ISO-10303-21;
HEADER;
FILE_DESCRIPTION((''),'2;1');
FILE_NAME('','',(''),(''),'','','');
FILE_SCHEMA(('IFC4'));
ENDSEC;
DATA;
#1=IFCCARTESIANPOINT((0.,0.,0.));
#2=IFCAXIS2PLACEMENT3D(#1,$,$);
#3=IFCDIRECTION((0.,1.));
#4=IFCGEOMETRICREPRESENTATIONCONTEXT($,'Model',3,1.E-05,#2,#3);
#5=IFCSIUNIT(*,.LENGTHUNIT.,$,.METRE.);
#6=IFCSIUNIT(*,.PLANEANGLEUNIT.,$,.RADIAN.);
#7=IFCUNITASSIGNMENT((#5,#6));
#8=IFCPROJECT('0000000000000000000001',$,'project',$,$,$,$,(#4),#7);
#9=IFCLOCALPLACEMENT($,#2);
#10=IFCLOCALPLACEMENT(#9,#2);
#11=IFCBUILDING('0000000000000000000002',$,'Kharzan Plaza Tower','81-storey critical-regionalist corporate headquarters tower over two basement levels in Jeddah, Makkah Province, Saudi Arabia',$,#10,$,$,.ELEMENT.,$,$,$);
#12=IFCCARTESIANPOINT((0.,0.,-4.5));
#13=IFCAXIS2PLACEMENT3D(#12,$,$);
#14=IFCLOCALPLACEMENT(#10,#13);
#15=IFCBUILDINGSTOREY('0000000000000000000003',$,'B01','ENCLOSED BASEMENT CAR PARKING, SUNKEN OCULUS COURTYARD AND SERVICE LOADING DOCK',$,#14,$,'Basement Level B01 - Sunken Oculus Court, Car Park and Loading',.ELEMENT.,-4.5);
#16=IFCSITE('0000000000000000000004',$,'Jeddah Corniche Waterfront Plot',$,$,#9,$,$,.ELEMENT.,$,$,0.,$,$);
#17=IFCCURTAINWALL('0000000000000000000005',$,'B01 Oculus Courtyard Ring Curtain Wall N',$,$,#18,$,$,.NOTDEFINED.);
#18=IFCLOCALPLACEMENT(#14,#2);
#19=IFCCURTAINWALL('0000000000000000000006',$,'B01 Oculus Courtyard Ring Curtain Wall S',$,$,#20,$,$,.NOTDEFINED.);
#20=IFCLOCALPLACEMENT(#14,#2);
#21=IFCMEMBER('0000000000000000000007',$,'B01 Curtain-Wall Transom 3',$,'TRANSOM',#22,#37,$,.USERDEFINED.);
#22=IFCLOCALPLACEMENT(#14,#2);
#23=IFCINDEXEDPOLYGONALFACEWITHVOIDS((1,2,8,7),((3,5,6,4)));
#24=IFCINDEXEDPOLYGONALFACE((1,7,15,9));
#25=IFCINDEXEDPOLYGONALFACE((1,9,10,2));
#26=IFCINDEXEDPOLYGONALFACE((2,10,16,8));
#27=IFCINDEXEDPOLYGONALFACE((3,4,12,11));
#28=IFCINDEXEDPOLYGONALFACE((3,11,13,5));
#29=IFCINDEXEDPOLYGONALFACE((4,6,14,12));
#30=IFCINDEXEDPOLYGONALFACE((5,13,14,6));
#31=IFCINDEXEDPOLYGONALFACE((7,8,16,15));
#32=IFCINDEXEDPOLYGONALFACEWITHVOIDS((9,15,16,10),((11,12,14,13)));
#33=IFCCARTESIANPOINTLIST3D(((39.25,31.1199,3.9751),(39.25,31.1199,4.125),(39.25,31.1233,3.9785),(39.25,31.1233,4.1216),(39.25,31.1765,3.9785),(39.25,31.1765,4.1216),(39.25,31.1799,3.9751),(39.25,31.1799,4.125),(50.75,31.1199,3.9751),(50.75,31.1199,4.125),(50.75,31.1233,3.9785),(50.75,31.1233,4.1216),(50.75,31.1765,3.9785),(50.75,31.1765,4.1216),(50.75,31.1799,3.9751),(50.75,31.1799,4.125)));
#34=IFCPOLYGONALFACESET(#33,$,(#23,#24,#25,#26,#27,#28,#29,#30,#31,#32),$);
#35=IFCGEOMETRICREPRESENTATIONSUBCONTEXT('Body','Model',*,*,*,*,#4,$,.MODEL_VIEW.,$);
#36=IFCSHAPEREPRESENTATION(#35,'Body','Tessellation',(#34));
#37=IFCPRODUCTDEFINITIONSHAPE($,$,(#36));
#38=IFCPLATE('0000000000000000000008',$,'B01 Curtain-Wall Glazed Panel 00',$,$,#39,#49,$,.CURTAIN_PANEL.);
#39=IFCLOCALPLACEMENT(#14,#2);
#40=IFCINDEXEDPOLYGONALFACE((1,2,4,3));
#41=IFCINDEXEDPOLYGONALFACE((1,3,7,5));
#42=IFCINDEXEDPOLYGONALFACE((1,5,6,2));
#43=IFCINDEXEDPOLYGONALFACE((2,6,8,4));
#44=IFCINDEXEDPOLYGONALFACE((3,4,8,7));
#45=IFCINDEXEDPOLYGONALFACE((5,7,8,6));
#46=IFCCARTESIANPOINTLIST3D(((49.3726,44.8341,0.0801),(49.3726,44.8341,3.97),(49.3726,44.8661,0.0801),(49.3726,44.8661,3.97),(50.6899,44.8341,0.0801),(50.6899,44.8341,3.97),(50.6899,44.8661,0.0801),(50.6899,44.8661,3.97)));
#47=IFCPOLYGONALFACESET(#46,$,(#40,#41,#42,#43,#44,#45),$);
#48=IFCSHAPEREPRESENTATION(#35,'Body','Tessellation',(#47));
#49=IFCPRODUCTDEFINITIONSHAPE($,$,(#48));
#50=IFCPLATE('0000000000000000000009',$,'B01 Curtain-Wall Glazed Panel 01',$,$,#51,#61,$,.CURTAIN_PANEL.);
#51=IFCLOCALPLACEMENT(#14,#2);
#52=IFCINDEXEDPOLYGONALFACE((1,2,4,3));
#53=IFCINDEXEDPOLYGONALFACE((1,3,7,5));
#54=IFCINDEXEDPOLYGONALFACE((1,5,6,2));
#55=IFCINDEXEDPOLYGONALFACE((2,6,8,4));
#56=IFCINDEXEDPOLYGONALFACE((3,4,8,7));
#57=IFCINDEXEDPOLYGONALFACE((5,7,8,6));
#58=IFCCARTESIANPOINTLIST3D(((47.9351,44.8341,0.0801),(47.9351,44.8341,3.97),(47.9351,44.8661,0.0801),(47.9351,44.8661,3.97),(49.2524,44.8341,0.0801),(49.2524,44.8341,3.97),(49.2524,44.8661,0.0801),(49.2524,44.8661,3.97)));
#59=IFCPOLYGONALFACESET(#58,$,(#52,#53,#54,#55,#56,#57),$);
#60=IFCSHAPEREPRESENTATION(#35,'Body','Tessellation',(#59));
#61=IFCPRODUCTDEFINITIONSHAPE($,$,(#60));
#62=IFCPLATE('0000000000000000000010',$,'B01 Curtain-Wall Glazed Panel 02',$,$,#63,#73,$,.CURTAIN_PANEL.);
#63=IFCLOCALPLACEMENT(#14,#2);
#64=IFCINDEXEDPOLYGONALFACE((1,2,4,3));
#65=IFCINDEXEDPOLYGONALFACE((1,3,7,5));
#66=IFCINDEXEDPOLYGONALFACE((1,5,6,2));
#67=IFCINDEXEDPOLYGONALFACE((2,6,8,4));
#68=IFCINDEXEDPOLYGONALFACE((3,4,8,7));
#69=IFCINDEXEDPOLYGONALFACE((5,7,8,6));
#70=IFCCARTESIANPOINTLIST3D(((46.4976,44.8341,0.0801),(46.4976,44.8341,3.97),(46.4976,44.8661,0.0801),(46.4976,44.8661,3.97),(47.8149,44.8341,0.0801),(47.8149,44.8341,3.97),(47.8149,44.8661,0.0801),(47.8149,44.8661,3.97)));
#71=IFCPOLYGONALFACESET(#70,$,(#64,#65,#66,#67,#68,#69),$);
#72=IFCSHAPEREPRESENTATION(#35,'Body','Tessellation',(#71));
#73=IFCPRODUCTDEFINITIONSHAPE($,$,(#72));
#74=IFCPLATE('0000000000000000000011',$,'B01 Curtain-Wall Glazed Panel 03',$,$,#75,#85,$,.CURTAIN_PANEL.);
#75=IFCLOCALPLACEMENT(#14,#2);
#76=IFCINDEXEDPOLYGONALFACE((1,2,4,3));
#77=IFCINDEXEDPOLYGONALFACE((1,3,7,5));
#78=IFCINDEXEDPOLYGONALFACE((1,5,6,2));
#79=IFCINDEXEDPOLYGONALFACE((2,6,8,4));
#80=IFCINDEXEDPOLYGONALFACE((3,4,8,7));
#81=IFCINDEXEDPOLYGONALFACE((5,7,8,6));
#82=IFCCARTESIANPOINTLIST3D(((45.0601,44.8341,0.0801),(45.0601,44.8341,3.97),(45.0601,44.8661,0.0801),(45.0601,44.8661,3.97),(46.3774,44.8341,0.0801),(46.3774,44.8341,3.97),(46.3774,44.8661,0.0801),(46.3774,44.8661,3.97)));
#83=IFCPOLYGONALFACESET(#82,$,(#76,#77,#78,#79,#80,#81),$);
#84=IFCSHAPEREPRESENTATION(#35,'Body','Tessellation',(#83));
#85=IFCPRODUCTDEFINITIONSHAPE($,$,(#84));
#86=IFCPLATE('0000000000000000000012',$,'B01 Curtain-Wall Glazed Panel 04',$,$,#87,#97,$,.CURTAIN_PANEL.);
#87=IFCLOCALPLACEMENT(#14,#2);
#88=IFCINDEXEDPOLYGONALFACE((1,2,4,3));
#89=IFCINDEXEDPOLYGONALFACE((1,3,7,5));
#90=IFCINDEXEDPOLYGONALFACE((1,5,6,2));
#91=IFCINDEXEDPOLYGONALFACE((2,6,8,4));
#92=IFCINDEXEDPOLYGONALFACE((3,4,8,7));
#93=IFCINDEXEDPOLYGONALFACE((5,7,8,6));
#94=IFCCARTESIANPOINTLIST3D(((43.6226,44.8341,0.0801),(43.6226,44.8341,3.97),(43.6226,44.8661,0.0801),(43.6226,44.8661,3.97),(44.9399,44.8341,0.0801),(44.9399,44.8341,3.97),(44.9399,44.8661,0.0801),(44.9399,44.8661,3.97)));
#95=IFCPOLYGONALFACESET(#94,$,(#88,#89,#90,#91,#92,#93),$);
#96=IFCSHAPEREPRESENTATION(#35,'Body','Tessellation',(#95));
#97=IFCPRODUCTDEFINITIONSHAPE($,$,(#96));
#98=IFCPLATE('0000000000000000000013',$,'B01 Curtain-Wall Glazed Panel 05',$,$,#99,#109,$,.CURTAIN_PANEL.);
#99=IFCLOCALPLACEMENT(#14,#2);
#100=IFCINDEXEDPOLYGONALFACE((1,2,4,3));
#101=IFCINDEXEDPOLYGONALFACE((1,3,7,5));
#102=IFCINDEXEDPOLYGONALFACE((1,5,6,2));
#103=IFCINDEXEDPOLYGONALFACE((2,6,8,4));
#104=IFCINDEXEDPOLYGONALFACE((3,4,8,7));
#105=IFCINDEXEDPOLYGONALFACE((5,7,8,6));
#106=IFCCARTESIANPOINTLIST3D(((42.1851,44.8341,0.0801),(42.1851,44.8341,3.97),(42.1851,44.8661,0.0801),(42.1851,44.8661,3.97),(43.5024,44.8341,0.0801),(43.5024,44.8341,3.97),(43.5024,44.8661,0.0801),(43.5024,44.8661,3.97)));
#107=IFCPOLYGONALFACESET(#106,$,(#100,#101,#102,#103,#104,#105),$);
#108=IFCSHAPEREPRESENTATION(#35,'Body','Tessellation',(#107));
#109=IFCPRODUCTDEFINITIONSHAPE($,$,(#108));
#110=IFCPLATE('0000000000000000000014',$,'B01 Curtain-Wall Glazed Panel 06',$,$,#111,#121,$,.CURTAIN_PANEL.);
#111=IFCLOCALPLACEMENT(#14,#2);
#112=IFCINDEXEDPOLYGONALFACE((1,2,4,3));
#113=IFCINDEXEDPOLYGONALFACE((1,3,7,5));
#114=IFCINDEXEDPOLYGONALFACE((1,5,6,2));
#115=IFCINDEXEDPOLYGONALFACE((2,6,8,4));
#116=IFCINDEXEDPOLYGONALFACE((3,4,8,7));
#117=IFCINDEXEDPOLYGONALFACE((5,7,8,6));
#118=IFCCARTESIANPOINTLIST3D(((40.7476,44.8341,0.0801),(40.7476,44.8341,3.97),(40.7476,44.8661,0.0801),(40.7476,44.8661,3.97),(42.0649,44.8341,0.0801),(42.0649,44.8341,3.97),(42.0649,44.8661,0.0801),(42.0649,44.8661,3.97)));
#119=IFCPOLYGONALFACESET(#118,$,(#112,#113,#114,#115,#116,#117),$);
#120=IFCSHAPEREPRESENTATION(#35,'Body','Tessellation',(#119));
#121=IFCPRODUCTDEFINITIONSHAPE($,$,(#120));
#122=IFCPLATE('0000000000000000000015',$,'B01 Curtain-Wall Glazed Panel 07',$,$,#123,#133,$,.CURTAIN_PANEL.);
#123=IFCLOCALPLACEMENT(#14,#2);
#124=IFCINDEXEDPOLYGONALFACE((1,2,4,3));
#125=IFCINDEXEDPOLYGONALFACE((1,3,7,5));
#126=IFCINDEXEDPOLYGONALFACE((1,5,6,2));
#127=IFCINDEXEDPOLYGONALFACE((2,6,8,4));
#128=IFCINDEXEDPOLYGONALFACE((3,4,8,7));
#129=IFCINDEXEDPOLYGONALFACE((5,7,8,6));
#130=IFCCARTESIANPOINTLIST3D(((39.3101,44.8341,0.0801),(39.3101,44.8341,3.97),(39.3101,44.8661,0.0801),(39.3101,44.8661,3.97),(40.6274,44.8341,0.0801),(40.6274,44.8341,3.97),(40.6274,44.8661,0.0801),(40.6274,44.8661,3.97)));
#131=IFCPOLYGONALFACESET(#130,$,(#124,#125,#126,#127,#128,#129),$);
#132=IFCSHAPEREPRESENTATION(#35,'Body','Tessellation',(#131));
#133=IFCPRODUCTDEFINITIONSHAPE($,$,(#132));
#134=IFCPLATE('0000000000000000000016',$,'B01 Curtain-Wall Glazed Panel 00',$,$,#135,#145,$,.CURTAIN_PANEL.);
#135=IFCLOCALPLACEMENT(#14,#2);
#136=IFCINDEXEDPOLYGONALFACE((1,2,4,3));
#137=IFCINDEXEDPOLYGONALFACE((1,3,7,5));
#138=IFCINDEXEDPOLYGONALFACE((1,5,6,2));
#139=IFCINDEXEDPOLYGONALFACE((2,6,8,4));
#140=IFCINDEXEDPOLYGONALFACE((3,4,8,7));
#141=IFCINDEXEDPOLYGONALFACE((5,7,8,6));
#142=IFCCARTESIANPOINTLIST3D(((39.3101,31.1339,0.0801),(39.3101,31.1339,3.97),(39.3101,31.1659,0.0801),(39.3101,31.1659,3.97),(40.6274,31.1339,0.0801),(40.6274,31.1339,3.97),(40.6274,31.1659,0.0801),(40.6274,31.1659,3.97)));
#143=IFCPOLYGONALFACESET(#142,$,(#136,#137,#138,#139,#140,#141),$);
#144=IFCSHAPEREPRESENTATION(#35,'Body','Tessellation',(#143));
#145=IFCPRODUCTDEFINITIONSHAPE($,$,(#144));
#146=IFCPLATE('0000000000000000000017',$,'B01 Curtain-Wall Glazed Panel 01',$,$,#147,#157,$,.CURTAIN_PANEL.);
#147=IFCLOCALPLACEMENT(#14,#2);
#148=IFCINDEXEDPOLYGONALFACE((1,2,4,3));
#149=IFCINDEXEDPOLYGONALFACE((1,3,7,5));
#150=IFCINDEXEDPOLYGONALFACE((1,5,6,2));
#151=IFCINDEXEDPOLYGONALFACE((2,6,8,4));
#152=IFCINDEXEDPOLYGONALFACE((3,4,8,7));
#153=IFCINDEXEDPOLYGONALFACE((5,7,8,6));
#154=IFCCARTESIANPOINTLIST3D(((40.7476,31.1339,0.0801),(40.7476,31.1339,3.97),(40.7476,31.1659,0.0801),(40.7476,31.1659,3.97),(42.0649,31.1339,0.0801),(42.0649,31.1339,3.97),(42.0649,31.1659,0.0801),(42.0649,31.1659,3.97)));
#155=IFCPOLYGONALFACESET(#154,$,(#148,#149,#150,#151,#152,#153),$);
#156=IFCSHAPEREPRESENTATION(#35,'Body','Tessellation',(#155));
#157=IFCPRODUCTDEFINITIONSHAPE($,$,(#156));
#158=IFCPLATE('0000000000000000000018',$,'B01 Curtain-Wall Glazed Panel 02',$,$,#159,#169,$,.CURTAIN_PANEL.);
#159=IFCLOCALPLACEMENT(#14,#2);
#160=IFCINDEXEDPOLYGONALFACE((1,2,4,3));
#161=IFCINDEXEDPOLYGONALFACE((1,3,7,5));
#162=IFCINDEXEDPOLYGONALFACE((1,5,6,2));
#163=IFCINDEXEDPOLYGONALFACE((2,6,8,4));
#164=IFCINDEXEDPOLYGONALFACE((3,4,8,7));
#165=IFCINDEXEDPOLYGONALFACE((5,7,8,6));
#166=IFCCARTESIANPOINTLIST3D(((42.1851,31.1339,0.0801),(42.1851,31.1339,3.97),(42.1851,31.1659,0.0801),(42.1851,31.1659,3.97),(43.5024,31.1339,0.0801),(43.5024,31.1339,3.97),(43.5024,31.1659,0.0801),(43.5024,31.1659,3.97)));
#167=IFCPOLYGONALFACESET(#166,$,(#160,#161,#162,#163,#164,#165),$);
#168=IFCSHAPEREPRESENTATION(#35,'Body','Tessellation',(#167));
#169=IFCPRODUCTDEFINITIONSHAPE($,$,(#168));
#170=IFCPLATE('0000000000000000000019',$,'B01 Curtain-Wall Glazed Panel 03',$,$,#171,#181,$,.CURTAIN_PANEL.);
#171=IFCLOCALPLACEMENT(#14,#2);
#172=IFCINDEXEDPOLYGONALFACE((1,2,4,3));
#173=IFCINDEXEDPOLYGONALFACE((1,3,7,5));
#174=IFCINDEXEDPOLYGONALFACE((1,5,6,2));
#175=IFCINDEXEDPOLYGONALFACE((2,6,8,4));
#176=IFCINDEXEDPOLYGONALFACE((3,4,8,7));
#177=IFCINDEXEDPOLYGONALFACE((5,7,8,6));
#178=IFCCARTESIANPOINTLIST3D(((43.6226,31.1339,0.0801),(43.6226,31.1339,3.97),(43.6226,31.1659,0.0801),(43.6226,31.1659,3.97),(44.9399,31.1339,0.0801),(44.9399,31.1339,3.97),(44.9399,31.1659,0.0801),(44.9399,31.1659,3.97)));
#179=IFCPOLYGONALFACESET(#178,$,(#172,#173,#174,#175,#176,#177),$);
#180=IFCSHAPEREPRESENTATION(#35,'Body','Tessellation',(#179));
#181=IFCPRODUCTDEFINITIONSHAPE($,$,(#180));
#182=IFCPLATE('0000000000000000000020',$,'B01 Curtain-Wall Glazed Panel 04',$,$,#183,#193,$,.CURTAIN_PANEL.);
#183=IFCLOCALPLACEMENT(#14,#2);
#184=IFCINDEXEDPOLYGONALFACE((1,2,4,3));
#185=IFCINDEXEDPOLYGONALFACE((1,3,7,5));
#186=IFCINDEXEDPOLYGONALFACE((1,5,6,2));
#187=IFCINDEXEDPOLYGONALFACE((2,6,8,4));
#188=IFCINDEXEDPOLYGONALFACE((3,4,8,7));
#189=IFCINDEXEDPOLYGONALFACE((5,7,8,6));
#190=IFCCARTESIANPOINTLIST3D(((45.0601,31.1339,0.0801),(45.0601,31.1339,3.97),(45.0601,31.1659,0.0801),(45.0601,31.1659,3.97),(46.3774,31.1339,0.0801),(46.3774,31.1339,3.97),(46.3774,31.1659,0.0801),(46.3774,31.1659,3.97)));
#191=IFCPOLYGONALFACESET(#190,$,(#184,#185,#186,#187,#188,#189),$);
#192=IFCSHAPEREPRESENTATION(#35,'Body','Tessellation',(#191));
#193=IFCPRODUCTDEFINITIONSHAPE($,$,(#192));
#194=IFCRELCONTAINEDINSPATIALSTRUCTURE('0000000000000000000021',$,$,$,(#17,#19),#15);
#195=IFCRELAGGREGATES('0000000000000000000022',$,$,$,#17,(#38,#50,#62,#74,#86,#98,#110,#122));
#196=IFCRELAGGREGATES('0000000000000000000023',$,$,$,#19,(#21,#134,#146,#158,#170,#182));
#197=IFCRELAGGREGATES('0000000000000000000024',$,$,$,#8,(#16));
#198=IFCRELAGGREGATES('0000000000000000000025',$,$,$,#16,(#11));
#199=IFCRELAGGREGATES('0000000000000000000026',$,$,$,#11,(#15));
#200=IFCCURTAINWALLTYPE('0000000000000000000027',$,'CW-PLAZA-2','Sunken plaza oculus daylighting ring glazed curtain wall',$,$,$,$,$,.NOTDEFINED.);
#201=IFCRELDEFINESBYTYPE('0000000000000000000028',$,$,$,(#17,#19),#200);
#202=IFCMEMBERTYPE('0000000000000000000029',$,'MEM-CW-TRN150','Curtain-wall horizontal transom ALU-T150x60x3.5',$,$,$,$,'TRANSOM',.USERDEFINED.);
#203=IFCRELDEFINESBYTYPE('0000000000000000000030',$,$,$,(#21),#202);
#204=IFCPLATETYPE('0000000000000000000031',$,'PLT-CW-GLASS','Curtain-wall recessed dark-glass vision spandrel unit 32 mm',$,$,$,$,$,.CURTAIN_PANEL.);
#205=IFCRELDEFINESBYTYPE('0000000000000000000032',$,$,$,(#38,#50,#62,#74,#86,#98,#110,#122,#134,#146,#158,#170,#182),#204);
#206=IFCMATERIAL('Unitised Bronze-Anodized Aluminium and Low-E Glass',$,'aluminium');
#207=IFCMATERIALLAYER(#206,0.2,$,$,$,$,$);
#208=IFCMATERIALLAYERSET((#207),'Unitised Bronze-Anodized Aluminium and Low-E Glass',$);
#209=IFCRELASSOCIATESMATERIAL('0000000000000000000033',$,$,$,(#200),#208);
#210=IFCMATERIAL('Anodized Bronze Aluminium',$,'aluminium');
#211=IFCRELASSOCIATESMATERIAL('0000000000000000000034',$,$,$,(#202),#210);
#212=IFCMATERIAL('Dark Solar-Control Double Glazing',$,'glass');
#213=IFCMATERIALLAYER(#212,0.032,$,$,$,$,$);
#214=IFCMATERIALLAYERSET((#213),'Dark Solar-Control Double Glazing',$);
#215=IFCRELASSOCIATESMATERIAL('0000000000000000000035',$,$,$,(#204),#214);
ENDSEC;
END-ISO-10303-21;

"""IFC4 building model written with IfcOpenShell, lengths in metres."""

from ifc_helpers import new_model, si_unit, direction, frame, origin, origin_2d, place, context, subcontext, project, spatial, rectangle, hollow_rectangle, extrude, source, transform, mapped, material, layer, layer_set, material_profile, profile_set, type_object, element, aggregate, save


model = new_model("IFC4")

# Units and contexts
model_context = context("Model", 3, precision=1e-05, world=origin(), true_north=direction((0.0, 1.0)))
body_context = subcontext(model_context, "Body", "Model", "MODEL_VIEW")
ifc_project = project(units=[si_unit("LENGTHUNIT", "METRE"), si_unit("PLANEANGLEUNIT", "RADIAN")], contexts=[model_context])

# Site, building, storey
site_placement = place(None, origin())
site = spatial("IfcSite", under=ifc_project, at=site_placement, Name="Jeddah Corniche Waterfront Plot", CompositionType="ELEMENT", RefElevation=0.0)
building_placement = place(site_placement, origin())
building = spatial("IfcBuilding", under=site, at=building_placement, Name="Kharzan Plaza Tower", Description="81-storey critical-regionalist corporate headquarters tower over two basement levels in Jeddah, Makkah Province, Saudi Arabia", CompositionType="ELEMENT")
storey_placement = place(building_placement, frame((0.0, 0.0, -4.5)))
storey = spatial("IfcBuildingStorey", under=building, at=storey_placement, Name="B01", Description="ENCLOSED BASEMENT CAR PARKING, SUNKEN OCULUS COURTYARD AND SERVICE LOADING DOCK", LongName="Basement Level B01 - Sunken Oculus Court, Car Park and Loading", CompositionType="ELEMENT", Elevation=-4.5)

# Shared definitions
ifc_material_1 = material(Name="Unitised Bronze-Anodized Aluminium and Low-E Glass", Category="aluminium")
ifc_layer_1 = layer(ifc_material_1, 0.2)
ifc_layer_set_1 = layer_set([ifc_layer_1], Name="Unitised Bronze-Anodized Aluminium and Low-E Glass")
curtain_wall_type = type_object("IfcCurtainWallType", Name="CW-PLAZA-2", Description="Sunken plaza oculus daylighting ring glazed curtain wall", PredefinedType="NOTDEFINED", material=ifc_layer_set_1)
ifc_material_2 = material(Name="Anodized Bronze Aluminium", Category="aluminium")

# Curtain walls
curtain_wall_1_placement = place(storey_placement, origin())
curtain_wall_1 = element("IfcCurtainWall", 1, at=curtain_wall_1_placement, inside=storey, type_object=curtain_wall_type, Name="B01 Oculus Courtyard Ring Curtain Wall N", PredefinedType="NOTDEFINED")
curtain_wall_2_placement = place(storey_placement, origin())
curtain_wall_2 = element("IfcCurtainWall", 2, at=curtain_wall_2_placement, inside=storey, type_object=curtain_wall_type, Name="B01 Oculus Courtyard Ring Curtain Wall S", PredefinedType="NOTDEFINED")

# Member
ifc_material_profile_1 = material_profile(ifc_material_2, hollow_rectangle(XDim=0.0601, YDim=0.1499, WallThickness=0.0034, at=origin_2d()), Name="ALU-T150x60x3.5")
ifc_profile_set_1 = profile_set([ifc_material_profile_1], Name="Anodized Bronze Aluminium")
member_type_1 = type_object("IfcMemberType", Name="MEM-CW-TRN150", Description="Curtain-wall horizontal transom ALU-T150x60x3.5", ElementType="TRANSOM", PredefinedType="USERDEFINED", material=ifc_profile_set_1)
shared_shape_1 = source(origin(), body_context, "Body", "SweptSolid", [
    extrude(hollow_rectangle(XDim=0.0601, YDim=0.1499, WallThickness=0.0034, at=origin_2d()), origin(), (0.0, 0.0, 1.0), 11.5),
])
member_1_placement = place(storey_placement, frame((39.25, 31.1499, 4.05), z_axis=(1.0, 0.0, 0.0), x_axis=(0.0, 1.0, 0.0)))
member_1 = element("IfcMember", 3, at=member_1_placement, type_object=member_type_1, Name="B01 Curtain-Wall Transom 3", ObjectType="TRANSOM", PredefinedType="USERDEFINED", context=body_context, shape_type="MappedRepresentation", body=[
    mapped(shared_shape_1, transform((0.0, 0.0, 0.0), x_axis=(1.0, 0.0, 0.0), y_axis=(0.0, 1.0, 0.0), z_axis=(0.0, 0.0, 1.0))),
])

# Plates
ifc_material_3 = material(Name="Dark Solar-Control Double Glazing", Category="glass")
ifc_layer_2 = layer(ifc_material_3, 0.032)
ifc_layer_set_2 = layer_set([ifc_layer_2], Name="Dark Solar-Control Double Glazing")
plate_type = type_object("IfcPlateType", Name="PLT-CW-GLASS", Description="Curtain-wall recessed dark-glass vision spandrel unit 32 mm", PredefinedType="CURTAIN_PANEL", material=ifc_layer_set_2)
shared_shape_2 = source(origin(), body_context, "Body", "SweptSolid", [
    extrude(rectangle(XDim=1.3174, YDim=0.032, at=origin_2d()), origin(), (0.0, 0.0, 1.0), 3.8899),
])
plate_1_placement = place(storey_placement, frame((50.0312, 44.8501, 0.0801), z_axis=(0.0, 0.0, 1.0), x_axis=(-1.0, 0.0, 0.0)))
plate_1 = element("IfcPlate", 4, at=plate_1_placement, type_object=plate_type, Name="B01 Curtain-Wall Glazed Panel 00", PredefinedType="CURTAIN_PANEL", context=body_context, shape_type="MappedRepresentation", body=[
    mapped(shared_shape_2, transform((0.0, 0.0, 0.0), x_axis=(1.0, 0.0, 0.0), y_axis=(0.0, 1.0, 0.0), z_axis=(0.0, 0.0, 1.0))),
])
plate_2_placement = place(storey_placement, frame((48.5938, 44.8501, 0.0801), z_axis=(0.0, 0.0, 1.0), x_axis=(-1.0, 0.0, 0.0)))
plate_2 = element("IfcPlate", 5, at=plate_2_placement, type_object=plate_type, Name="B01 Curtain-Wall Glazed Panel 01", PredefinedType="CURTAIN_PANEL", context=body_context, shape_type="MappedRepresentation", body=[
    mapped(shared_shape_2, transform((0.0, 0.0, 0.0), x_axis=(1.0, 0.0, 0.0), y_axis=(0.0, 1.0, 0.0), z_axis=(0.0, 0.0, 1.0))),
])
plate_3_placement = place(storey_placement, frame((47.1562, 44.8501, 0.0801), z_axis=(0.0, 0.0, 1.0), x_axis=(-1.0, 0.0, 0.0)))
plate_3 = element("IfcPlate", 6, at=plate_3_placement, type_object=plate_type, Name="B01 Curtain-Wall Glazed Panel 02", PredefinedType="CURTAIN_PANEL", context=body_context, shape_type="MappedRepresentation", body=[
    mapped(shared_shape_2, transform((0.0, 0.0, 0.0), x_axis=(1.0, 0.0, 0.0), y_axis=(0.0, 1.0, 0.0), z_axis=(0.0, 0.0, 1.0))),
])
plate_4_placement = place(storey_placement, frame((45.7188, 44.8501, 0.0801), z_axis=(0.0, 0.0, 1.0), x_axis=(-1.0, 0.0, 0.0)))
plate_4 = element("IfcPlate", 7, at=plate_4_placement, type_object=plate_type, Name="B01 Curtain-Wall Glazed Panel 03", PredefinedType="CURTAIN_PANEL", context=body_context, shape_type="MappedRepresentation", body=[
    mapped(shared_shape_2, transform((0.0, 0.0, 0.0), x_axis=(1.0, 0.0, 0.0), y_axis=(0.0, 1.0, 0.0), z_axis=(0.0, 0.0, 1.0))),
])
plate_5_placement = place(storey_placement, frame((44.2812, 44.8501, 0.0801), z_axis=(0.0, 0.0, 1.0), x_axis=(-1.0, 0.0, 0.0)))
plate_5 = element("IfcPlate", 8, at=plate_5_placement, type_object=plate_type, Name="B01 Curtain-Wall Glazed Panel 04", PredefinedType="CURTAIN_PANEL", context=body_context, shape_type="MappedRepresentation", body=[
    mapped(shared_shape_2, transform((0.0, 0.0, 0.0), x_axis=(1.0, 0.0, 0.0), y_axis=(0.0, 1.0, 0.0), z_axis=(0.0, 0.0, 1.0))),
])
plate_6_placement = place(storey_placement, frame((42.8438, 44.8501, 0.0801), z_axis=(0.0, 0.0, 1.0), x_axis=(-1.0, 0.0, 0.0)))
plate_6 = element("IfcPlate", 9, at=plate_6_placement, type_object=plate_type, Name="B01 Curtain-Wall Glazed Panel 05", PredefinedType="CURTAIN_PANEL", context=body_context, shape_type="MappedRepresentation", body=[
    mapped(shared_shape_2, transform((0.0, 0.0, 0.0), x_axis=(1.0, 0.0, 0.0), y_axis=(0.0, 1.0, 0.0), z_axis=(0.0, 0.0, 1.0))),
])
plate_7_placement = place(storey_placement, frame((41.4062, 44.8501, 0.0801), z_axis=(0.0, 0.0, 1.0), x_axis=(-1.0, 0.0, 0.0)))
plate_7 = element("IfcPlate", 10, at=plate_7_placement, type_object=plate_type, Name="B01 Curtain-Wall Glazed Panel 06", PredefinedType="CURTAIN_PANEL", context=body_context, shape_type="MappedRepresentation", body=[
    mapped(shared_shape_2, transform((0.0, 0.0, 0.0), x_axis=(1.0, 0.0, 0.0), y_axis=(0.0, 1.0, 0.0), z_axis=(0.0, 0.0, 1.0))),
])
plate_8_placement = place(storey_placement, frame((39.9688, 44.8501, 0.0801), z_axis=(0.0, 0.0, 1.0), x_axis=(-1.0, 0.0, 0.0)))
plate_8 = element("IfcPlate", 11, at=plate_8_placement, type_object=plate_type, Name="B01 Curtain-Wall Glazed Panel 07", PredefinedType="CURTAIN_PANEL", context=body_context, shape_type="MappedRepresentation", body=[
    mapped(shared_shape_2, transform((0.0, 0.0, 0.0), x_axis=(1.0, 0.0, 0.0), y_axis=(0.0, 1.0, 0.0), z_axis=(0.0, 0.0, 1.0))),
])
aggregate(curtain_wall_1, [plate_1, plate_2, plate_3, plate_4, plate_5, plate_6, plate_7, plate_8])
plate_9_placement = place(storey_placement, frame((39.9688, 31.1499, 0.0801), z_axis=(0.0, 0.0, 1.0), x_axis=(1.0, 0.0, 0.0)))
plate_9 = element("IfcPlate", 12, at=plate_9_placement, type_object=plate_type, Name="B01 Curtain-Wall Glazed Panel 00", PredefinedType="CURTAIN_PANEL", context=body_context, shape_type="MappedRepresentation", body=[
    mapped(shared_shape_2, transform((0.0, 0.0, 0.0), x_axis=(1.0, 0.0, 0.0), y_axis=(0.0, 1.0, 0.0), z_axis=(0.0, 0.0, 1.0))),
])
plate_10_placement = place(storey_placement, frame((41.4062, 31.1499, 0.0801), z_axis=(0.0, 0.0, 1.0), x_axis=(1.0, 0.0, 0.0)))
plate_10 = element("IfcPlate", 13, at=plate_10_placement, type_object=plate_type, Name="B01 Curtain-Wall Glazed Panel 01", PredefinedType="CURTAIN_PANEL", context=body_context, shape_type="MappedRepresentation", body=[
    mapped(shared_shape_2, transform((0.0, 0.0, 0.0), x_axis=(1.0, 0.0, 0.0), y_axis=(0.0, 1.0, 0.0), z_axis=(0.0, 0.0, 1.0))),
])
plate_11_placement = place(storey_placement, frame((42.8438, 31.1499, 0.0801), z_axis=(0.0, 0.0, 1.0), x_axis=(1.0, 0.0, 0.0)))
plate_11 = element("IfcPlate", 14, at=plate_11_placement, type_object=plate_type, Name="B01 Curtain-Wall Glazed Panel 02", PredefinedType="CURTAIN_PANEL", context=body_context, shape_type="MappedRepresentation", body=[
    mapped(shared_shape_2, transform((0.0, 0.0, 0.0), x_axis=(1.0, 0.0, 0.0), y_axis=(0.0, 1.0, 0.0), z_axis=(0.0, 0.0, 1.0))),
])
plate_12_placement = place(storey_placement, frame((44.2812, 31.1499, 0.0801), z_axis=(0.0, 0.0, 1.0), x_axis=(1.0, 0.0, 0.0)))
plate_12 = element("IfcPlate", 15, at=plate_12_placement, type_object=plate_type, Name="B01 Curtain-Wall Glazed Panel 03", PredefinedType="CURTAIN_PANEL", context=body_context, shape_type="MappedRepresentation", body=[
    mapped(shared_shape_2, transform((0.0, 0.0, 0.0), x_axis=(1.0, 0.0, 0.0), y_axis=(0.0, 1.0, 0.0), z_axis=(0.0, 0.0, 1.0))),
])
plate_13_placement = place(storey_placement, frame((45.7188, 31.1499, 0.0801), z_axis=(0.0, 0.0, 1.0), x_axis=(1.0, 0.0, 0.0)))
plate_13 = element("IfcPlate", 16, at=plate_13_placement, type_object=plate_type, Name="B01 Curtain-Wall Glazed Panel 04", PredefinedType="CURTAIN_PANEL", context=body_context, shape_type="MappedRepresentation", body=[
    mapped(shared_shape_2, transform((0.0, 0.0, 0.0), x_axis=(1.0, 0.0, 0.0), y_axis=(0.0, 1.0, 0.0), z_axis=(0.0, 0.0, 1.0))),
])
aggregate(curtain_wall_2, [member_1, plate_9, plate_10, plate_11, plate_12, plate_13])

save(model, "model.ifc")
